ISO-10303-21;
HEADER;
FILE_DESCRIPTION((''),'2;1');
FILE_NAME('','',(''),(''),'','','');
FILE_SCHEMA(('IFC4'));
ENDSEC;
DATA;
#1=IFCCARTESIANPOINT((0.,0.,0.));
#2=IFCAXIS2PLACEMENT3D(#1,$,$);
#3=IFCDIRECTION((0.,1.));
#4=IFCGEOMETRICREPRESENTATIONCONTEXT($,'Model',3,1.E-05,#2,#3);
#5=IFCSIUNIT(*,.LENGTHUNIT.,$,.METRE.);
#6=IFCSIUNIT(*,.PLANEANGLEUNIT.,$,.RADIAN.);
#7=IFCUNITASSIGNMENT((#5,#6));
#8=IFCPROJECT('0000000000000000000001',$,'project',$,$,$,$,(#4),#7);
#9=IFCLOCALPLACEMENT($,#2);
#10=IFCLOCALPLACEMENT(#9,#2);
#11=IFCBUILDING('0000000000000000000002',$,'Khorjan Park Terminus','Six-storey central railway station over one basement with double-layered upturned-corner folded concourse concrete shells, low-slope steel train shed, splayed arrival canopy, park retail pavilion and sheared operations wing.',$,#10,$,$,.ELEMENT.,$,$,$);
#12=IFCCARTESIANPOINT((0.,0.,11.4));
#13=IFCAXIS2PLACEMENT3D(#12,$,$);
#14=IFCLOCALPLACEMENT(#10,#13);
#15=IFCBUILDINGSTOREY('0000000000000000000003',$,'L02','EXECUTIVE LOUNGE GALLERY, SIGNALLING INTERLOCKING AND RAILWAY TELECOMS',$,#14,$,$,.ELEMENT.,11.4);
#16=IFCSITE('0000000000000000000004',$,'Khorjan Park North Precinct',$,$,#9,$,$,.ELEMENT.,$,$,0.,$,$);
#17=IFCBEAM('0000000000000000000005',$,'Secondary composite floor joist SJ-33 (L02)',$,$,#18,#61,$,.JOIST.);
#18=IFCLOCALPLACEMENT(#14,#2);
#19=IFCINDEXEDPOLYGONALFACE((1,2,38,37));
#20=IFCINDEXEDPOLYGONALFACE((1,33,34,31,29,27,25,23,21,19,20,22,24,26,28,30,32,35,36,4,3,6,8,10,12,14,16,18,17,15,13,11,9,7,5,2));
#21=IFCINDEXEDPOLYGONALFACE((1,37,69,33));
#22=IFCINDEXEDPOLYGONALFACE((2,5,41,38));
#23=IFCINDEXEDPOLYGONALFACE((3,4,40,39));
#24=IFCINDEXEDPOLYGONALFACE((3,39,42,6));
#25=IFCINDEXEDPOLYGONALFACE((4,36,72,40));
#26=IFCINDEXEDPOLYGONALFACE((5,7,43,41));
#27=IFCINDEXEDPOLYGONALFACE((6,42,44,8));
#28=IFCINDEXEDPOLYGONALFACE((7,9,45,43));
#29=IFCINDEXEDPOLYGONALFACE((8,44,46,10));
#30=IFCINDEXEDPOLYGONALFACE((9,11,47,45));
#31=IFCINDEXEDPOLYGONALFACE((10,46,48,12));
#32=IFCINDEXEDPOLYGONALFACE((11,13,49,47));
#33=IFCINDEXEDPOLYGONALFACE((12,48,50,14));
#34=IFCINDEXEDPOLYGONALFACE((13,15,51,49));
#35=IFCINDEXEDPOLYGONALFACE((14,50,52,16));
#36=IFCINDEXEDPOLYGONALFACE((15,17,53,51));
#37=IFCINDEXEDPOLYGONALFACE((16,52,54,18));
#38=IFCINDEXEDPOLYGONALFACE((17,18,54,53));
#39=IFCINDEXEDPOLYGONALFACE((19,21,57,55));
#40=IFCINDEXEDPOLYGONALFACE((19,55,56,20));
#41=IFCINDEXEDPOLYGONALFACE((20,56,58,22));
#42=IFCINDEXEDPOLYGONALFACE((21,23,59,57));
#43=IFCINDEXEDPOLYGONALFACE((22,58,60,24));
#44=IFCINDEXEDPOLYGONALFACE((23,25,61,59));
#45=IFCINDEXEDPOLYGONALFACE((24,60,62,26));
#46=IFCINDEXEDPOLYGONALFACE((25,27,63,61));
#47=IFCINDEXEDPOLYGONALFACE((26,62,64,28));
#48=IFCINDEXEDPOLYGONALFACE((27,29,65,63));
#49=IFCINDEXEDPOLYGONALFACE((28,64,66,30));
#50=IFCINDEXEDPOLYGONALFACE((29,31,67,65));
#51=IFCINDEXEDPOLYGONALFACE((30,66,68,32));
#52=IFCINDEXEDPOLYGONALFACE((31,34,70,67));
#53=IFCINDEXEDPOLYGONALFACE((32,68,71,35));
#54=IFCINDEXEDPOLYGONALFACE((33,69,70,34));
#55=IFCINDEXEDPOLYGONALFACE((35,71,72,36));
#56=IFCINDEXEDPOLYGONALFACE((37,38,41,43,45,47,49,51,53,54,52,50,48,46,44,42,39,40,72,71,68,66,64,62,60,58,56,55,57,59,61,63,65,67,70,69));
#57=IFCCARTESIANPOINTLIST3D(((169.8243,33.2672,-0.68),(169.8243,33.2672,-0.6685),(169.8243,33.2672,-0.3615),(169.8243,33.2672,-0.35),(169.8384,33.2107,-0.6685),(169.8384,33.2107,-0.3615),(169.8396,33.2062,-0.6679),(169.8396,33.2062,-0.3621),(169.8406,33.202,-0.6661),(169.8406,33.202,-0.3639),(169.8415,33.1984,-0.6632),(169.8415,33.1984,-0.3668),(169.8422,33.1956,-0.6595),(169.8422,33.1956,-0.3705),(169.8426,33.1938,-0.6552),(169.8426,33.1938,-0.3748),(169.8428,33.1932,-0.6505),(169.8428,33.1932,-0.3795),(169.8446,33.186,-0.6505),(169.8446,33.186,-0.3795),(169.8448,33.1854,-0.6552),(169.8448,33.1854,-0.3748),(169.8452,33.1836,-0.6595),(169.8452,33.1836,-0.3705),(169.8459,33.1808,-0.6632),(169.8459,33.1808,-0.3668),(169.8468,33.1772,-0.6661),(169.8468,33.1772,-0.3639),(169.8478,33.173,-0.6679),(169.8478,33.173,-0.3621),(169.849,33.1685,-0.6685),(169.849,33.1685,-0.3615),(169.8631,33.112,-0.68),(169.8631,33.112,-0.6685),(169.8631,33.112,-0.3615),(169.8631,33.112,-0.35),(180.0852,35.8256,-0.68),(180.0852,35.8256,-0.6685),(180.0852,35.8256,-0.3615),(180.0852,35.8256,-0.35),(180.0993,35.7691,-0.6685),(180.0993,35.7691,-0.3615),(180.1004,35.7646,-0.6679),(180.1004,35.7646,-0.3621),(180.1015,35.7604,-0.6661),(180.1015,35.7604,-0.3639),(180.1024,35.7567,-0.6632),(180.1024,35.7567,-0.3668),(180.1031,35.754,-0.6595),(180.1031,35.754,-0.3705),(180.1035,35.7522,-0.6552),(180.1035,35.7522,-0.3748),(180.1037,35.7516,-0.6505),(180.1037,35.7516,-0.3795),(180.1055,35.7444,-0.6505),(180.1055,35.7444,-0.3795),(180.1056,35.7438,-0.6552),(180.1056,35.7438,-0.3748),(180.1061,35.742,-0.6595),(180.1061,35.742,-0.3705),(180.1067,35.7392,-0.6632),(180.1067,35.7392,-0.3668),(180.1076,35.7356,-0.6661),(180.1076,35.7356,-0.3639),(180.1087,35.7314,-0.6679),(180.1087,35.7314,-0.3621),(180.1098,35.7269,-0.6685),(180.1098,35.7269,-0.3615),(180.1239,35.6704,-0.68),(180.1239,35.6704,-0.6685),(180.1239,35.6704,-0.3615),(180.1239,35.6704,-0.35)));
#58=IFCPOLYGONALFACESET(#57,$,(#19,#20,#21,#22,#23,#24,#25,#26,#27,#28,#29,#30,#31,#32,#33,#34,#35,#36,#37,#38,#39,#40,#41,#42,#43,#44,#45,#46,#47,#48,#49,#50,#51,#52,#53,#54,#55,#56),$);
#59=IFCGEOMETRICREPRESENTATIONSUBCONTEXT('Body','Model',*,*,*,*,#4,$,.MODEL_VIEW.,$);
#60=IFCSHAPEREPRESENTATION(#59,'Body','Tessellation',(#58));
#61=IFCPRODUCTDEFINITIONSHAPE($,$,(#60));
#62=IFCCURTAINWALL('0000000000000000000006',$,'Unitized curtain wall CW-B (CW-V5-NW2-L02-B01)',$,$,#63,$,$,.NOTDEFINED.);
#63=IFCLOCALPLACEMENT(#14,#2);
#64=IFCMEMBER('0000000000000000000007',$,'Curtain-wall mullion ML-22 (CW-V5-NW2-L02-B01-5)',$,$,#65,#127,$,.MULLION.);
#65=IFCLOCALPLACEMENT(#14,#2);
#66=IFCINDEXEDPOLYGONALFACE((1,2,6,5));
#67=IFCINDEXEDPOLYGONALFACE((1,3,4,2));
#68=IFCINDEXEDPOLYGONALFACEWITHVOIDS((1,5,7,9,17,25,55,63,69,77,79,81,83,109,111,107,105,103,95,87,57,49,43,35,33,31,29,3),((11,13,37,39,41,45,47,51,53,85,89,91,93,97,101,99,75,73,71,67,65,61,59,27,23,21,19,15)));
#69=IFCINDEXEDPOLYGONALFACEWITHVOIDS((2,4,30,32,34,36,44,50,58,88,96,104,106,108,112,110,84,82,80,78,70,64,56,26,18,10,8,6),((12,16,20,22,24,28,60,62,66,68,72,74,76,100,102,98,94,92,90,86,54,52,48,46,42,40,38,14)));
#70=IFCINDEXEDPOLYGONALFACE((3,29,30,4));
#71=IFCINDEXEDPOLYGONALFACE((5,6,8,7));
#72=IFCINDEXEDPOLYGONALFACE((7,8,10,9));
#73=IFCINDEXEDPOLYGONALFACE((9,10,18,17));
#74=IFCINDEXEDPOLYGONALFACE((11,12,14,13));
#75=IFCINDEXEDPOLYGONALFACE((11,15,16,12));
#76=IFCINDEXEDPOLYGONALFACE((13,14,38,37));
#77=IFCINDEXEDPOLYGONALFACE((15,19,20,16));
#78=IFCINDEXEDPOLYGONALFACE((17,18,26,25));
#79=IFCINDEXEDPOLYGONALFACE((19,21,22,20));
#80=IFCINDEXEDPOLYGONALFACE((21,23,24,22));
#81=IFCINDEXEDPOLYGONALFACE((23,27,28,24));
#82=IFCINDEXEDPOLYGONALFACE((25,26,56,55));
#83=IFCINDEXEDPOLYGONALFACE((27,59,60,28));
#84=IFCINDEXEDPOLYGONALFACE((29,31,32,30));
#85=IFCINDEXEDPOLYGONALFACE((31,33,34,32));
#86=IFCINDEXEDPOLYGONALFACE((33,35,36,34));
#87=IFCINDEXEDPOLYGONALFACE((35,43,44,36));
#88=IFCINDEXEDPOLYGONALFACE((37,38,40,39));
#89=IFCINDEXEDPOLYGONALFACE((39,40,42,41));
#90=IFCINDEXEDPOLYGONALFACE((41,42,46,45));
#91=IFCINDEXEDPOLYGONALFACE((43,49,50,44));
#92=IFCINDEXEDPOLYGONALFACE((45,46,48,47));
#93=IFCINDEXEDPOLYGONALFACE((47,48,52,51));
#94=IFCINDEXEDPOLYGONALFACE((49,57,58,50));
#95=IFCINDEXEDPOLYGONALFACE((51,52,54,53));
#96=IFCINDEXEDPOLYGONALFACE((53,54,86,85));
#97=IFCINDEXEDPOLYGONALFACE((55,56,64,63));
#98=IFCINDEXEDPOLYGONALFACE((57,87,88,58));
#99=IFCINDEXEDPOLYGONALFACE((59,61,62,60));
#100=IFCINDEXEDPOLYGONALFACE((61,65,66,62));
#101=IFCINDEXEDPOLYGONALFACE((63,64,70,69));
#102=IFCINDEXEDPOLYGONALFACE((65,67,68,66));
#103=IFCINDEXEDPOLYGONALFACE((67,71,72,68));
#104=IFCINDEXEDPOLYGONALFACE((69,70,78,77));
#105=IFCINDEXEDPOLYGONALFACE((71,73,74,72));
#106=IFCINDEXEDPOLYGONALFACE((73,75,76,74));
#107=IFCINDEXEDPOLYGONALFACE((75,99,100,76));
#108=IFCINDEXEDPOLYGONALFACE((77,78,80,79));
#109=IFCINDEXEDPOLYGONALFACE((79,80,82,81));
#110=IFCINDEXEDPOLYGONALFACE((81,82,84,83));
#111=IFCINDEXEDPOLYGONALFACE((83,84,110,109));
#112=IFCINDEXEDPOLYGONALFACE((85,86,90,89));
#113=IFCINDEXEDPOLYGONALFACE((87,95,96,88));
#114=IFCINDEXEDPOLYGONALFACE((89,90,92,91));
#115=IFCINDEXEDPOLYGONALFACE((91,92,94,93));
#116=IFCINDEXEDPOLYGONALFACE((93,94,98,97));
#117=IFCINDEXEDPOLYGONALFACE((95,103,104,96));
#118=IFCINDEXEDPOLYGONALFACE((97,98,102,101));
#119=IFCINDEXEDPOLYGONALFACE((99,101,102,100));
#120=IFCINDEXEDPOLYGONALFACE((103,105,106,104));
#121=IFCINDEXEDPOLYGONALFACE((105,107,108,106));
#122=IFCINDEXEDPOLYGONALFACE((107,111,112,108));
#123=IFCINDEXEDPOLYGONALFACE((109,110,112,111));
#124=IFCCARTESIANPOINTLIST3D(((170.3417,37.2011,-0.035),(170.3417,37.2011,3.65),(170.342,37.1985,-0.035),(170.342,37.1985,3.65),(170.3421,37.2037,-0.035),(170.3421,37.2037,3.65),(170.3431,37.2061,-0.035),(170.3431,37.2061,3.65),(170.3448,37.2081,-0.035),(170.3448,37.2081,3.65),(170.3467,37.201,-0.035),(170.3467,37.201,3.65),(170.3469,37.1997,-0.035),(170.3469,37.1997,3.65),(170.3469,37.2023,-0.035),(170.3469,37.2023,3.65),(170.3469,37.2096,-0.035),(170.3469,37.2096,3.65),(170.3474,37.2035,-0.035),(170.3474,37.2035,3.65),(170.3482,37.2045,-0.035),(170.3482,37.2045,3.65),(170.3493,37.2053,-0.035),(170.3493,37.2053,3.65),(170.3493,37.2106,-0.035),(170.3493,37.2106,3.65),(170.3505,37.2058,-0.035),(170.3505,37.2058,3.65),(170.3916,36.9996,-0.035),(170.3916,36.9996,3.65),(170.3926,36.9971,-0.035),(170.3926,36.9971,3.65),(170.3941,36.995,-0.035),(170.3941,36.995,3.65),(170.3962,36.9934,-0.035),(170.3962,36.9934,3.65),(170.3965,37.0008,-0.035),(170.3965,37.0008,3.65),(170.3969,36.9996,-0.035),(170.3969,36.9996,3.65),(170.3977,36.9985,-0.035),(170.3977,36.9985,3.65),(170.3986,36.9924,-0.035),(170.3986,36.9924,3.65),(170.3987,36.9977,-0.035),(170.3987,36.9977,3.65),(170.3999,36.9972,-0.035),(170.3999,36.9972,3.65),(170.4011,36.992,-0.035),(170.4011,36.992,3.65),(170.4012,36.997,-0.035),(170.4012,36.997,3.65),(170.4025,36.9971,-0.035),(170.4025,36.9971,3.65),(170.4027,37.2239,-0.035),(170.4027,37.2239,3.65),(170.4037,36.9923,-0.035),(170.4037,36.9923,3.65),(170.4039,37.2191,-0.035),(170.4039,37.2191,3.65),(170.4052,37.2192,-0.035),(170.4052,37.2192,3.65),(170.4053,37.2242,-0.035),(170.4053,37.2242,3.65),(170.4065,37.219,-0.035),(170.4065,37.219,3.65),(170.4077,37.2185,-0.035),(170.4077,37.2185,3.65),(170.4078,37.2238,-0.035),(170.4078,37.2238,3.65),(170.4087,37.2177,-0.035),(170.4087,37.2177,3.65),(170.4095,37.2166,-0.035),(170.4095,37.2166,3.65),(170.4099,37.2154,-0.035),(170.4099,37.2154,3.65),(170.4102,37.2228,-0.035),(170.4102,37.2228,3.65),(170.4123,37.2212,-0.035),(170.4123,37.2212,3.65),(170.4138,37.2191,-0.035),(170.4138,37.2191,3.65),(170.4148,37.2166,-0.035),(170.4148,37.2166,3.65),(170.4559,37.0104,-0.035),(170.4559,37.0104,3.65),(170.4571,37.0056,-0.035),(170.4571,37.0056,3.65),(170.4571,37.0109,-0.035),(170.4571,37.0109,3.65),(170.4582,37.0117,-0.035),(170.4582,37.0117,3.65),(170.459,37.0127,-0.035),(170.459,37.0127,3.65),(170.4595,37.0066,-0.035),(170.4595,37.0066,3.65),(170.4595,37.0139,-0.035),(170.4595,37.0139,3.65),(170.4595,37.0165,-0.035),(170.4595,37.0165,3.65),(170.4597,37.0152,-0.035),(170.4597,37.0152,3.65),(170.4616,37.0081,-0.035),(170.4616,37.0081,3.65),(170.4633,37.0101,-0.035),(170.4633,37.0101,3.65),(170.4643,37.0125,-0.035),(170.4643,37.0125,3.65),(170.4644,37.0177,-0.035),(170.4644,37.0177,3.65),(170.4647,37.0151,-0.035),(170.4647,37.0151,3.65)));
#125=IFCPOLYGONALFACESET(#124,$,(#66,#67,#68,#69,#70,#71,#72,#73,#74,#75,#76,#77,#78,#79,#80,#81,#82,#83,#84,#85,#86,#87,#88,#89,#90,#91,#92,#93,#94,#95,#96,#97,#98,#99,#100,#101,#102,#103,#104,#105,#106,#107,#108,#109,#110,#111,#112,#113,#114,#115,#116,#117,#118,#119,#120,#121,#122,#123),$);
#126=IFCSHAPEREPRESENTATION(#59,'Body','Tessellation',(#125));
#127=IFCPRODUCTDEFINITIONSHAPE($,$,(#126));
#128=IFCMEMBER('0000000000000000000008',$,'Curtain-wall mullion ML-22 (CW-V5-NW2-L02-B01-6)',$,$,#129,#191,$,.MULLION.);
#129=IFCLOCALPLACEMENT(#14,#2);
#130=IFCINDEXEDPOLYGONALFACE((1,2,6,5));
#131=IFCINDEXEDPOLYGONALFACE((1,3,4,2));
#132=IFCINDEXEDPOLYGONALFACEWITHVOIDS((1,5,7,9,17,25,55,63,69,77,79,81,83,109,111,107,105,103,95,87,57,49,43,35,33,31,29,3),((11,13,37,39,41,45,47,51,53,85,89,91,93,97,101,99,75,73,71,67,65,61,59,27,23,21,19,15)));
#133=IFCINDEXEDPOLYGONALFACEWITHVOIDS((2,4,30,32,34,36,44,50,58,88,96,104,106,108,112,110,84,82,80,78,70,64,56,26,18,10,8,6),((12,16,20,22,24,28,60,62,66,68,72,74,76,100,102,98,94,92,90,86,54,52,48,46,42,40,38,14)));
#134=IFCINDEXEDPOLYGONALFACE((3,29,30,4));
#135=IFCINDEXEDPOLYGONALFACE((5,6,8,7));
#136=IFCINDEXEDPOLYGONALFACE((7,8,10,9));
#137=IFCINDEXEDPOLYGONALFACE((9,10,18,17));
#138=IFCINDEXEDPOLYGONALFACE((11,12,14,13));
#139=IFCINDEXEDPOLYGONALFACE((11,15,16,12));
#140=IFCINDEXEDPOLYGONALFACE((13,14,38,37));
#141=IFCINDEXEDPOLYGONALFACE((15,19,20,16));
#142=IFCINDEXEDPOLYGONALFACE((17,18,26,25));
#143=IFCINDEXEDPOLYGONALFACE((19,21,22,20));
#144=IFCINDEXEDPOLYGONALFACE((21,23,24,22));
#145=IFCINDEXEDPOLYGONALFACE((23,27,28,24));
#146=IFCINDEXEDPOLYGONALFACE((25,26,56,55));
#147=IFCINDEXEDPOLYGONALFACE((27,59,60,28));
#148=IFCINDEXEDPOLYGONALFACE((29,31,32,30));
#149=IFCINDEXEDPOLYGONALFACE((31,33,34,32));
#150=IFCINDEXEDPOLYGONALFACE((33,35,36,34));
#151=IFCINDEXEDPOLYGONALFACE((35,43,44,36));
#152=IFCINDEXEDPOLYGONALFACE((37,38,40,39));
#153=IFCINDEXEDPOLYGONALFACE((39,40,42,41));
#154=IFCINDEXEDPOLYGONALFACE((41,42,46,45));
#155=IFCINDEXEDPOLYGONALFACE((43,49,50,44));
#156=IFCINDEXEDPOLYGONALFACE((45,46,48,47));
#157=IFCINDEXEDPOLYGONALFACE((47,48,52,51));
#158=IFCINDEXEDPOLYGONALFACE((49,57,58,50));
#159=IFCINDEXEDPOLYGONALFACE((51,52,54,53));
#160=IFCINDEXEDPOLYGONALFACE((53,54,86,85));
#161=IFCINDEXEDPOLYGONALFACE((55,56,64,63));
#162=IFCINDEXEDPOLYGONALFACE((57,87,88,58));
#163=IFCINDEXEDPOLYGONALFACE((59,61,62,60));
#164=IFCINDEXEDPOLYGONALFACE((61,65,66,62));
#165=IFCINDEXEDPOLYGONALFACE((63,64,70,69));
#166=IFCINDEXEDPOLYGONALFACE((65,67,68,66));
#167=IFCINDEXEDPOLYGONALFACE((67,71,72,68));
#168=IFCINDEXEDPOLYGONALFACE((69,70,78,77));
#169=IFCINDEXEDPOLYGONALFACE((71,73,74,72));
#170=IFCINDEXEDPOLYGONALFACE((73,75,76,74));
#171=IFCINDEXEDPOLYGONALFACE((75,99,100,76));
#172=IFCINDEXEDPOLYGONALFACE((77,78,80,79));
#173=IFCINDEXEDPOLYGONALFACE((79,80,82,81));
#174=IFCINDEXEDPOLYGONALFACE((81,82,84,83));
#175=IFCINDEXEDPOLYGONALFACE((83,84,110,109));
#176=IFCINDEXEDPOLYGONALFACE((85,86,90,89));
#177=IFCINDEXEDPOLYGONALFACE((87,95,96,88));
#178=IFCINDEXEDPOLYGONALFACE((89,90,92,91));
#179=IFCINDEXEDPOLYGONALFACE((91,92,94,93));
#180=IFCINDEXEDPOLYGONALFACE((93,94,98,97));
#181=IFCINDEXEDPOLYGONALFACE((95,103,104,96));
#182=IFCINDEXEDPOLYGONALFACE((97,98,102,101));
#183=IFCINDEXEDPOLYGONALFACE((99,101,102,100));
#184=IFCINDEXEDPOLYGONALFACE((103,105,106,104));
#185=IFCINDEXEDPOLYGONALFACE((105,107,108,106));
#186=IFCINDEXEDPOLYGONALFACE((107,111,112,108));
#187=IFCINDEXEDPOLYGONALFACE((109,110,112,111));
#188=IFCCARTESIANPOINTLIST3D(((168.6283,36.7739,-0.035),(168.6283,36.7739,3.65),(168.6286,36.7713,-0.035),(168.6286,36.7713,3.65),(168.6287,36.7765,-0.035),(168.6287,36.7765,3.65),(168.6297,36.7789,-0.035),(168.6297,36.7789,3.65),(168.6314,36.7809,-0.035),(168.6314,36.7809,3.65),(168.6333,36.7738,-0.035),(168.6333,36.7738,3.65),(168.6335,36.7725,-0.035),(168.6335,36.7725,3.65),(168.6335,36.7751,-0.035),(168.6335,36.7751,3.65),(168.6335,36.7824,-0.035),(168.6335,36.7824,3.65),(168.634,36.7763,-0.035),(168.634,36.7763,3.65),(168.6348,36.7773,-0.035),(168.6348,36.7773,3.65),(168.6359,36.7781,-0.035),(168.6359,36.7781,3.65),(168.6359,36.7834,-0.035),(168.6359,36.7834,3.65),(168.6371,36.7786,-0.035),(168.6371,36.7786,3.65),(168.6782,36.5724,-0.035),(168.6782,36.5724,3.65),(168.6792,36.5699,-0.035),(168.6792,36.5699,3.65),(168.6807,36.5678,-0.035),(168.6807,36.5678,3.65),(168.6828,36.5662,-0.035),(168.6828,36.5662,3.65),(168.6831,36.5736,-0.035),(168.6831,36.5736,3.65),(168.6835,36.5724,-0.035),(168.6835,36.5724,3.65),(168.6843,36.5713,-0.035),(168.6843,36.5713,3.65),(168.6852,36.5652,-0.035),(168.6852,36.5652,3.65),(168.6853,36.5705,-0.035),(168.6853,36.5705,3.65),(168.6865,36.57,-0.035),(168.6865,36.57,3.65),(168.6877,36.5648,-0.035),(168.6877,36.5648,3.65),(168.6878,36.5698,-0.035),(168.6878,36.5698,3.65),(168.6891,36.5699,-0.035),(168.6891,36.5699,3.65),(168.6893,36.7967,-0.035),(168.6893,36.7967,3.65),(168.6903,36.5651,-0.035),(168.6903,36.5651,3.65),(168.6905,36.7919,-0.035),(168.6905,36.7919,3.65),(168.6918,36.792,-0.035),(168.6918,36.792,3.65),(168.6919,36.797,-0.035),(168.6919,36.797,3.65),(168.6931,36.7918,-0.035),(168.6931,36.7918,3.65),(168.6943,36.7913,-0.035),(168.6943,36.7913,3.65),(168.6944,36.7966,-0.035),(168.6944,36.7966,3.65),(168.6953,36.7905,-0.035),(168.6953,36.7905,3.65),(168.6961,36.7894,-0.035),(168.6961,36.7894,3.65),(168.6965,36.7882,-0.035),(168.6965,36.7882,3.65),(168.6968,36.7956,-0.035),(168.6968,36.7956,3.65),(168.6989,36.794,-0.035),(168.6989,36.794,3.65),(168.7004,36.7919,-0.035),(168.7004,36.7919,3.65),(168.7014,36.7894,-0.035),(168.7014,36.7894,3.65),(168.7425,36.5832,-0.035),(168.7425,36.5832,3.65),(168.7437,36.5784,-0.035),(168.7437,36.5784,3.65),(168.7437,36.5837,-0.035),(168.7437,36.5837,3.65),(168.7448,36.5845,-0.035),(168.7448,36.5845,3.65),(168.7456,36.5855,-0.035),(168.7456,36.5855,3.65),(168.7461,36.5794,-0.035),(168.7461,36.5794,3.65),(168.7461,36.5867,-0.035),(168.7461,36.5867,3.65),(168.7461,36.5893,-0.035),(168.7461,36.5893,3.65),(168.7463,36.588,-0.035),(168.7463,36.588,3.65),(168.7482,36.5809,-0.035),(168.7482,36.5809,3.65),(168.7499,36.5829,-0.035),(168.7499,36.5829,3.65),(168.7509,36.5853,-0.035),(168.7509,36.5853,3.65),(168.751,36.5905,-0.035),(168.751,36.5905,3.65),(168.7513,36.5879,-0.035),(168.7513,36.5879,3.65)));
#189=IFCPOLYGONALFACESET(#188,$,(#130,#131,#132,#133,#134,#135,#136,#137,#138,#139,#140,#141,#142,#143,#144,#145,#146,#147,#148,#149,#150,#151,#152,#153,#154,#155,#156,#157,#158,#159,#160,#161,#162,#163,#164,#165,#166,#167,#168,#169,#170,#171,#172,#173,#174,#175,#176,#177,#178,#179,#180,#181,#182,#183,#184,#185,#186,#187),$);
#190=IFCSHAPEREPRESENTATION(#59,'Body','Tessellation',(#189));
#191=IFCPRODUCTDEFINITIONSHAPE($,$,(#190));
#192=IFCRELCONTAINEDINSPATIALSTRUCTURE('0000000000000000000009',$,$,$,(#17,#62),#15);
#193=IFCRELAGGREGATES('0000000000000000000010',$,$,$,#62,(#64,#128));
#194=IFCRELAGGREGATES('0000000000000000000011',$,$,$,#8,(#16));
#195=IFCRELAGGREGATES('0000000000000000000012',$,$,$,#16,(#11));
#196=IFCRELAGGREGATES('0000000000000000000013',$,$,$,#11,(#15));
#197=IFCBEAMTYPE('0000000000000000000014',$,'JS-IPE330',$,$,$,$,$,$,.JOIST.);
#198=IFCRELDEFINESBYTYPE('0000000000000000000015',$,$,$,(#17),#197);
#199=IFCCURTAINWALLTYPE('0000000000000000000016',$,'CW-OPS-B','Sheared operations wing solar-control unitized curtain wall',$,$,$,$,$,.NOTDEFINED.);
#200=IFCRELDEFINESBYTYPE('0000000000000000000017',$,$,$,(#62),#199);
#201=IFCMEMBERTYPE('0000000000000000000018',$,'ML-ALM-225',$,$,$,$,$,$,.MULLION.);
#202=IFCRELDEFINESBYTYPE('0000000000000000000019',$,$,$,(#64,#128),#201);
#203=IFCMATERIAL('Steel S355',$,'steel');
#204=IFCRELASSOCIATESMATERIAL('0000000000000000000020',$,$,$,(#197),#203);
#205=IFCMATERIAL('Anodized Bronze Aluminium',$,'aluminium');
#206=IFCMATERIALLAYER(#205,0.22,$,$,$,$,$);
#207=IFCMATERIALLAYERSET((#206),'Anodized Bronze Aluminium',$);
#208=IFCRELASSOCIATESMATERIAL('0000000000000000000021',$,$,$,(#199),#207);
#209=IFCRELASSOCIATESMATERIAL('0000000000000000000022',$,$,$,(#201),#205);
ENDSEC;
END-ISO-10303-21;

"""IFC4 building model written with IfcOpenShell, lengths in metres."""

from ifc_helpers import new_model, si_unit, direction, frame, origin, origin_2d, place, context, subcontext, project, spatial, hollow_rectangle, i_section, extrude, material, layer, layer_set, material_profile, profile_set, type_object, element, aggregate, save


model = new_model("IFC4")

# Units and contexts
model_context = context("Model", 3, precision=1e-05, world=origin(), true_north=direction((0.0, 1.0)))
body_context = subcontext(model_context, "Body", "Model", "MODEL_VIEW")
ifc_project = project(units=[si_unit("LENGTHUNIT", "METRE"), si_unit("PLANEANGLEUNIT", "RADIAN")], contexts=[model_context])

# Site, building, storey
site_placement = place(None, origin())
site = spatial("IfcSite", under=ifc_project, at=site_placement, Name="Khorjan Park North Precinct", CompositionType="ELEMENT", RefElevation=0.0)
building_placement = place(site_placement, origin())
building = spatial("IfcBuilding", under=site, at=building_placement, Name="Khorjan Park Terminus", Description="Six-storey central railway station over one basement with double-layered upturned-corner folded concourse concrete shells, low-slope steel train shed, splayed arrival canopy, park retail pavilion and sheared operations wing.", CompositionType="ELEMENT")
storey_placement = place(building_placement, frame((0.0, 0.0, 11.4)))
storey = spatial("IfcBuildingStorey", under=building, at=storey_placement, Name="L02", Description="EXECUTIVE LOUNGE GALLERY, SIGNALLING INTERLOCKING AND RAILWAY TELECOMS", CompositionType="ELEMENT", Elevation=11.4)

# Beam
ifc_material_1 = material(Name="Steel S355", Category="steel")
ifc_material_profile_1 = material_profile(ifc_material_1, i_section(OverallWidth=0.16, OverallDepth=0.33, WebThickness=0.0075, FlangeThickness=0.0115, FilletRadius=0.018, at=origin_2d()), Name="IPE 330")
ifc_profile_set_1 = profile_set([ifc_material_profile_1], Name="Steel S355")
beam_type_1 = type_object("IfcBeamType", Name="JS-IPE330", PredefinedType="JOIST", material=ifc_profile_set_1)
beam_1_placement = place(storey_placement, frame((169.8437, 33.1896, -0.515), z_axis=(0.970294, 0.241928, 0.0), x_axis=(-0.241928, 0.970294, 0.0)))
element("IfcBeam", 1, at=beam_1_placement, inside=storey, type_object=beam_type_1, Name="Secondary composite floor joist SJ-33 (L02)", PredefinedType="JOIST", context=body_context, shape_type="SweptSolid", body=[
    extrude(i_section(OverallWidth=0.16, OverallDepth=0.33, WebThickness=0.0075, FlangeThickness=0.0115, FilletRadius=0.018, at=origin_2d()), origin(), (0.0, 0.0, 1.0), 10.575),
])

# Curtain wall, members
ifc_material_2 = material(Name="Anodized Bronze Aluminium", Category="aluminium")
ifc_layer_1 = layer(ifc_material_2, 0.22)
ifc_layer_set_1 = layer_set([ifc_layer_1], Name="Anodized Bronze Aluminium")
curtain_wall_type = type_object("IfcCurtainWallType", Name="CW-OPS-B", Description="Sheared operations wing solar-control unitized curtain wall", PredefinedType="NOTDEFINED", material=ifc_layer_set_1)
curtain_wall_placement = place(storey_placement, origin())
curtain_wall = element("IfcCurtainWall", 2, at=curtain_wall_placement, inside=storey, type_object=curtain_wall_type, Name="Unitized curtain wall CW-B (CW-V5-NW2-L02-B01)", PredefinedType="NOTDEFINED")
ifc_material_profile_2 = material_profile(ifc_material_2, hollow_rectangle(XDim=0.075, YDim=0.225, WallThickness=0.005, InnerFilletRadius=0.005, OuterFilletRadius=0.01, at=origin_2d()), Name="ALM 75x225x5")
ifc_profile_set_2 = profile_set([ifc_material_profile_2], Name="Anodized Bronze Aluminium")
member_type_1 = type_object("IfcMemberType", Name="ML-ALM-225", PredefinedType="MULLION", material=ifc_profile_set_2)
member_1_placement = place(storey_placement, frame((170.4032, 37.1081, -0.035), z_axis=(0.0, 0.0, 1.0), x_axis=(-0.970297, -0.241918, 0.0)))
member_1 = element("IfcMember", 3, at=member_1_placement, type_object=member_type_1, Name="Curtain-wall mullion ML-22 (CW-V5-NW2-L02-B01-5)", PredefinedType="MULLION", context=body_context, shape_type="SweptSolid", body=[
    extrude(hollow_rectangle(XDim=0.075, YDim=0.225, WallThickness=0.005, InnerFilletRadius=0.005, OuterFilletRadius=0.01, at=origin_2d()), origin(), (0.0, 0.0, 1.0), 3.685),
])
member_2_placement = place(storey_placement, frame((168.6898, 36.6809, -0.035), z_axis=(0.0, 0.0, 1.0), x_axis=(-0.970297, -0.241918, 0.0)))
member_2 = element("IfcMember", 4, at=member_2_placement, type_object=member_type_1, Name="Curtain-wall mullion ML-22 (CW-V5-NW2-L02-B01-6)", PredefinedType="MULLION", context=body_context, shape_type="SweptSolid", body=[
    extrude(hollow_rectangle(XDim=0.075, YDim=0.225, WallThickness=0.005, InnerFilletRadius=0.005, OuterFilletRadius=0.01, at=origin_2d()), origin(), (0.0, 0.0, 1.0), 3.685),
])
aggregate(curtain_wall, [member_1, member_2])

save(model, "model.ifc")
